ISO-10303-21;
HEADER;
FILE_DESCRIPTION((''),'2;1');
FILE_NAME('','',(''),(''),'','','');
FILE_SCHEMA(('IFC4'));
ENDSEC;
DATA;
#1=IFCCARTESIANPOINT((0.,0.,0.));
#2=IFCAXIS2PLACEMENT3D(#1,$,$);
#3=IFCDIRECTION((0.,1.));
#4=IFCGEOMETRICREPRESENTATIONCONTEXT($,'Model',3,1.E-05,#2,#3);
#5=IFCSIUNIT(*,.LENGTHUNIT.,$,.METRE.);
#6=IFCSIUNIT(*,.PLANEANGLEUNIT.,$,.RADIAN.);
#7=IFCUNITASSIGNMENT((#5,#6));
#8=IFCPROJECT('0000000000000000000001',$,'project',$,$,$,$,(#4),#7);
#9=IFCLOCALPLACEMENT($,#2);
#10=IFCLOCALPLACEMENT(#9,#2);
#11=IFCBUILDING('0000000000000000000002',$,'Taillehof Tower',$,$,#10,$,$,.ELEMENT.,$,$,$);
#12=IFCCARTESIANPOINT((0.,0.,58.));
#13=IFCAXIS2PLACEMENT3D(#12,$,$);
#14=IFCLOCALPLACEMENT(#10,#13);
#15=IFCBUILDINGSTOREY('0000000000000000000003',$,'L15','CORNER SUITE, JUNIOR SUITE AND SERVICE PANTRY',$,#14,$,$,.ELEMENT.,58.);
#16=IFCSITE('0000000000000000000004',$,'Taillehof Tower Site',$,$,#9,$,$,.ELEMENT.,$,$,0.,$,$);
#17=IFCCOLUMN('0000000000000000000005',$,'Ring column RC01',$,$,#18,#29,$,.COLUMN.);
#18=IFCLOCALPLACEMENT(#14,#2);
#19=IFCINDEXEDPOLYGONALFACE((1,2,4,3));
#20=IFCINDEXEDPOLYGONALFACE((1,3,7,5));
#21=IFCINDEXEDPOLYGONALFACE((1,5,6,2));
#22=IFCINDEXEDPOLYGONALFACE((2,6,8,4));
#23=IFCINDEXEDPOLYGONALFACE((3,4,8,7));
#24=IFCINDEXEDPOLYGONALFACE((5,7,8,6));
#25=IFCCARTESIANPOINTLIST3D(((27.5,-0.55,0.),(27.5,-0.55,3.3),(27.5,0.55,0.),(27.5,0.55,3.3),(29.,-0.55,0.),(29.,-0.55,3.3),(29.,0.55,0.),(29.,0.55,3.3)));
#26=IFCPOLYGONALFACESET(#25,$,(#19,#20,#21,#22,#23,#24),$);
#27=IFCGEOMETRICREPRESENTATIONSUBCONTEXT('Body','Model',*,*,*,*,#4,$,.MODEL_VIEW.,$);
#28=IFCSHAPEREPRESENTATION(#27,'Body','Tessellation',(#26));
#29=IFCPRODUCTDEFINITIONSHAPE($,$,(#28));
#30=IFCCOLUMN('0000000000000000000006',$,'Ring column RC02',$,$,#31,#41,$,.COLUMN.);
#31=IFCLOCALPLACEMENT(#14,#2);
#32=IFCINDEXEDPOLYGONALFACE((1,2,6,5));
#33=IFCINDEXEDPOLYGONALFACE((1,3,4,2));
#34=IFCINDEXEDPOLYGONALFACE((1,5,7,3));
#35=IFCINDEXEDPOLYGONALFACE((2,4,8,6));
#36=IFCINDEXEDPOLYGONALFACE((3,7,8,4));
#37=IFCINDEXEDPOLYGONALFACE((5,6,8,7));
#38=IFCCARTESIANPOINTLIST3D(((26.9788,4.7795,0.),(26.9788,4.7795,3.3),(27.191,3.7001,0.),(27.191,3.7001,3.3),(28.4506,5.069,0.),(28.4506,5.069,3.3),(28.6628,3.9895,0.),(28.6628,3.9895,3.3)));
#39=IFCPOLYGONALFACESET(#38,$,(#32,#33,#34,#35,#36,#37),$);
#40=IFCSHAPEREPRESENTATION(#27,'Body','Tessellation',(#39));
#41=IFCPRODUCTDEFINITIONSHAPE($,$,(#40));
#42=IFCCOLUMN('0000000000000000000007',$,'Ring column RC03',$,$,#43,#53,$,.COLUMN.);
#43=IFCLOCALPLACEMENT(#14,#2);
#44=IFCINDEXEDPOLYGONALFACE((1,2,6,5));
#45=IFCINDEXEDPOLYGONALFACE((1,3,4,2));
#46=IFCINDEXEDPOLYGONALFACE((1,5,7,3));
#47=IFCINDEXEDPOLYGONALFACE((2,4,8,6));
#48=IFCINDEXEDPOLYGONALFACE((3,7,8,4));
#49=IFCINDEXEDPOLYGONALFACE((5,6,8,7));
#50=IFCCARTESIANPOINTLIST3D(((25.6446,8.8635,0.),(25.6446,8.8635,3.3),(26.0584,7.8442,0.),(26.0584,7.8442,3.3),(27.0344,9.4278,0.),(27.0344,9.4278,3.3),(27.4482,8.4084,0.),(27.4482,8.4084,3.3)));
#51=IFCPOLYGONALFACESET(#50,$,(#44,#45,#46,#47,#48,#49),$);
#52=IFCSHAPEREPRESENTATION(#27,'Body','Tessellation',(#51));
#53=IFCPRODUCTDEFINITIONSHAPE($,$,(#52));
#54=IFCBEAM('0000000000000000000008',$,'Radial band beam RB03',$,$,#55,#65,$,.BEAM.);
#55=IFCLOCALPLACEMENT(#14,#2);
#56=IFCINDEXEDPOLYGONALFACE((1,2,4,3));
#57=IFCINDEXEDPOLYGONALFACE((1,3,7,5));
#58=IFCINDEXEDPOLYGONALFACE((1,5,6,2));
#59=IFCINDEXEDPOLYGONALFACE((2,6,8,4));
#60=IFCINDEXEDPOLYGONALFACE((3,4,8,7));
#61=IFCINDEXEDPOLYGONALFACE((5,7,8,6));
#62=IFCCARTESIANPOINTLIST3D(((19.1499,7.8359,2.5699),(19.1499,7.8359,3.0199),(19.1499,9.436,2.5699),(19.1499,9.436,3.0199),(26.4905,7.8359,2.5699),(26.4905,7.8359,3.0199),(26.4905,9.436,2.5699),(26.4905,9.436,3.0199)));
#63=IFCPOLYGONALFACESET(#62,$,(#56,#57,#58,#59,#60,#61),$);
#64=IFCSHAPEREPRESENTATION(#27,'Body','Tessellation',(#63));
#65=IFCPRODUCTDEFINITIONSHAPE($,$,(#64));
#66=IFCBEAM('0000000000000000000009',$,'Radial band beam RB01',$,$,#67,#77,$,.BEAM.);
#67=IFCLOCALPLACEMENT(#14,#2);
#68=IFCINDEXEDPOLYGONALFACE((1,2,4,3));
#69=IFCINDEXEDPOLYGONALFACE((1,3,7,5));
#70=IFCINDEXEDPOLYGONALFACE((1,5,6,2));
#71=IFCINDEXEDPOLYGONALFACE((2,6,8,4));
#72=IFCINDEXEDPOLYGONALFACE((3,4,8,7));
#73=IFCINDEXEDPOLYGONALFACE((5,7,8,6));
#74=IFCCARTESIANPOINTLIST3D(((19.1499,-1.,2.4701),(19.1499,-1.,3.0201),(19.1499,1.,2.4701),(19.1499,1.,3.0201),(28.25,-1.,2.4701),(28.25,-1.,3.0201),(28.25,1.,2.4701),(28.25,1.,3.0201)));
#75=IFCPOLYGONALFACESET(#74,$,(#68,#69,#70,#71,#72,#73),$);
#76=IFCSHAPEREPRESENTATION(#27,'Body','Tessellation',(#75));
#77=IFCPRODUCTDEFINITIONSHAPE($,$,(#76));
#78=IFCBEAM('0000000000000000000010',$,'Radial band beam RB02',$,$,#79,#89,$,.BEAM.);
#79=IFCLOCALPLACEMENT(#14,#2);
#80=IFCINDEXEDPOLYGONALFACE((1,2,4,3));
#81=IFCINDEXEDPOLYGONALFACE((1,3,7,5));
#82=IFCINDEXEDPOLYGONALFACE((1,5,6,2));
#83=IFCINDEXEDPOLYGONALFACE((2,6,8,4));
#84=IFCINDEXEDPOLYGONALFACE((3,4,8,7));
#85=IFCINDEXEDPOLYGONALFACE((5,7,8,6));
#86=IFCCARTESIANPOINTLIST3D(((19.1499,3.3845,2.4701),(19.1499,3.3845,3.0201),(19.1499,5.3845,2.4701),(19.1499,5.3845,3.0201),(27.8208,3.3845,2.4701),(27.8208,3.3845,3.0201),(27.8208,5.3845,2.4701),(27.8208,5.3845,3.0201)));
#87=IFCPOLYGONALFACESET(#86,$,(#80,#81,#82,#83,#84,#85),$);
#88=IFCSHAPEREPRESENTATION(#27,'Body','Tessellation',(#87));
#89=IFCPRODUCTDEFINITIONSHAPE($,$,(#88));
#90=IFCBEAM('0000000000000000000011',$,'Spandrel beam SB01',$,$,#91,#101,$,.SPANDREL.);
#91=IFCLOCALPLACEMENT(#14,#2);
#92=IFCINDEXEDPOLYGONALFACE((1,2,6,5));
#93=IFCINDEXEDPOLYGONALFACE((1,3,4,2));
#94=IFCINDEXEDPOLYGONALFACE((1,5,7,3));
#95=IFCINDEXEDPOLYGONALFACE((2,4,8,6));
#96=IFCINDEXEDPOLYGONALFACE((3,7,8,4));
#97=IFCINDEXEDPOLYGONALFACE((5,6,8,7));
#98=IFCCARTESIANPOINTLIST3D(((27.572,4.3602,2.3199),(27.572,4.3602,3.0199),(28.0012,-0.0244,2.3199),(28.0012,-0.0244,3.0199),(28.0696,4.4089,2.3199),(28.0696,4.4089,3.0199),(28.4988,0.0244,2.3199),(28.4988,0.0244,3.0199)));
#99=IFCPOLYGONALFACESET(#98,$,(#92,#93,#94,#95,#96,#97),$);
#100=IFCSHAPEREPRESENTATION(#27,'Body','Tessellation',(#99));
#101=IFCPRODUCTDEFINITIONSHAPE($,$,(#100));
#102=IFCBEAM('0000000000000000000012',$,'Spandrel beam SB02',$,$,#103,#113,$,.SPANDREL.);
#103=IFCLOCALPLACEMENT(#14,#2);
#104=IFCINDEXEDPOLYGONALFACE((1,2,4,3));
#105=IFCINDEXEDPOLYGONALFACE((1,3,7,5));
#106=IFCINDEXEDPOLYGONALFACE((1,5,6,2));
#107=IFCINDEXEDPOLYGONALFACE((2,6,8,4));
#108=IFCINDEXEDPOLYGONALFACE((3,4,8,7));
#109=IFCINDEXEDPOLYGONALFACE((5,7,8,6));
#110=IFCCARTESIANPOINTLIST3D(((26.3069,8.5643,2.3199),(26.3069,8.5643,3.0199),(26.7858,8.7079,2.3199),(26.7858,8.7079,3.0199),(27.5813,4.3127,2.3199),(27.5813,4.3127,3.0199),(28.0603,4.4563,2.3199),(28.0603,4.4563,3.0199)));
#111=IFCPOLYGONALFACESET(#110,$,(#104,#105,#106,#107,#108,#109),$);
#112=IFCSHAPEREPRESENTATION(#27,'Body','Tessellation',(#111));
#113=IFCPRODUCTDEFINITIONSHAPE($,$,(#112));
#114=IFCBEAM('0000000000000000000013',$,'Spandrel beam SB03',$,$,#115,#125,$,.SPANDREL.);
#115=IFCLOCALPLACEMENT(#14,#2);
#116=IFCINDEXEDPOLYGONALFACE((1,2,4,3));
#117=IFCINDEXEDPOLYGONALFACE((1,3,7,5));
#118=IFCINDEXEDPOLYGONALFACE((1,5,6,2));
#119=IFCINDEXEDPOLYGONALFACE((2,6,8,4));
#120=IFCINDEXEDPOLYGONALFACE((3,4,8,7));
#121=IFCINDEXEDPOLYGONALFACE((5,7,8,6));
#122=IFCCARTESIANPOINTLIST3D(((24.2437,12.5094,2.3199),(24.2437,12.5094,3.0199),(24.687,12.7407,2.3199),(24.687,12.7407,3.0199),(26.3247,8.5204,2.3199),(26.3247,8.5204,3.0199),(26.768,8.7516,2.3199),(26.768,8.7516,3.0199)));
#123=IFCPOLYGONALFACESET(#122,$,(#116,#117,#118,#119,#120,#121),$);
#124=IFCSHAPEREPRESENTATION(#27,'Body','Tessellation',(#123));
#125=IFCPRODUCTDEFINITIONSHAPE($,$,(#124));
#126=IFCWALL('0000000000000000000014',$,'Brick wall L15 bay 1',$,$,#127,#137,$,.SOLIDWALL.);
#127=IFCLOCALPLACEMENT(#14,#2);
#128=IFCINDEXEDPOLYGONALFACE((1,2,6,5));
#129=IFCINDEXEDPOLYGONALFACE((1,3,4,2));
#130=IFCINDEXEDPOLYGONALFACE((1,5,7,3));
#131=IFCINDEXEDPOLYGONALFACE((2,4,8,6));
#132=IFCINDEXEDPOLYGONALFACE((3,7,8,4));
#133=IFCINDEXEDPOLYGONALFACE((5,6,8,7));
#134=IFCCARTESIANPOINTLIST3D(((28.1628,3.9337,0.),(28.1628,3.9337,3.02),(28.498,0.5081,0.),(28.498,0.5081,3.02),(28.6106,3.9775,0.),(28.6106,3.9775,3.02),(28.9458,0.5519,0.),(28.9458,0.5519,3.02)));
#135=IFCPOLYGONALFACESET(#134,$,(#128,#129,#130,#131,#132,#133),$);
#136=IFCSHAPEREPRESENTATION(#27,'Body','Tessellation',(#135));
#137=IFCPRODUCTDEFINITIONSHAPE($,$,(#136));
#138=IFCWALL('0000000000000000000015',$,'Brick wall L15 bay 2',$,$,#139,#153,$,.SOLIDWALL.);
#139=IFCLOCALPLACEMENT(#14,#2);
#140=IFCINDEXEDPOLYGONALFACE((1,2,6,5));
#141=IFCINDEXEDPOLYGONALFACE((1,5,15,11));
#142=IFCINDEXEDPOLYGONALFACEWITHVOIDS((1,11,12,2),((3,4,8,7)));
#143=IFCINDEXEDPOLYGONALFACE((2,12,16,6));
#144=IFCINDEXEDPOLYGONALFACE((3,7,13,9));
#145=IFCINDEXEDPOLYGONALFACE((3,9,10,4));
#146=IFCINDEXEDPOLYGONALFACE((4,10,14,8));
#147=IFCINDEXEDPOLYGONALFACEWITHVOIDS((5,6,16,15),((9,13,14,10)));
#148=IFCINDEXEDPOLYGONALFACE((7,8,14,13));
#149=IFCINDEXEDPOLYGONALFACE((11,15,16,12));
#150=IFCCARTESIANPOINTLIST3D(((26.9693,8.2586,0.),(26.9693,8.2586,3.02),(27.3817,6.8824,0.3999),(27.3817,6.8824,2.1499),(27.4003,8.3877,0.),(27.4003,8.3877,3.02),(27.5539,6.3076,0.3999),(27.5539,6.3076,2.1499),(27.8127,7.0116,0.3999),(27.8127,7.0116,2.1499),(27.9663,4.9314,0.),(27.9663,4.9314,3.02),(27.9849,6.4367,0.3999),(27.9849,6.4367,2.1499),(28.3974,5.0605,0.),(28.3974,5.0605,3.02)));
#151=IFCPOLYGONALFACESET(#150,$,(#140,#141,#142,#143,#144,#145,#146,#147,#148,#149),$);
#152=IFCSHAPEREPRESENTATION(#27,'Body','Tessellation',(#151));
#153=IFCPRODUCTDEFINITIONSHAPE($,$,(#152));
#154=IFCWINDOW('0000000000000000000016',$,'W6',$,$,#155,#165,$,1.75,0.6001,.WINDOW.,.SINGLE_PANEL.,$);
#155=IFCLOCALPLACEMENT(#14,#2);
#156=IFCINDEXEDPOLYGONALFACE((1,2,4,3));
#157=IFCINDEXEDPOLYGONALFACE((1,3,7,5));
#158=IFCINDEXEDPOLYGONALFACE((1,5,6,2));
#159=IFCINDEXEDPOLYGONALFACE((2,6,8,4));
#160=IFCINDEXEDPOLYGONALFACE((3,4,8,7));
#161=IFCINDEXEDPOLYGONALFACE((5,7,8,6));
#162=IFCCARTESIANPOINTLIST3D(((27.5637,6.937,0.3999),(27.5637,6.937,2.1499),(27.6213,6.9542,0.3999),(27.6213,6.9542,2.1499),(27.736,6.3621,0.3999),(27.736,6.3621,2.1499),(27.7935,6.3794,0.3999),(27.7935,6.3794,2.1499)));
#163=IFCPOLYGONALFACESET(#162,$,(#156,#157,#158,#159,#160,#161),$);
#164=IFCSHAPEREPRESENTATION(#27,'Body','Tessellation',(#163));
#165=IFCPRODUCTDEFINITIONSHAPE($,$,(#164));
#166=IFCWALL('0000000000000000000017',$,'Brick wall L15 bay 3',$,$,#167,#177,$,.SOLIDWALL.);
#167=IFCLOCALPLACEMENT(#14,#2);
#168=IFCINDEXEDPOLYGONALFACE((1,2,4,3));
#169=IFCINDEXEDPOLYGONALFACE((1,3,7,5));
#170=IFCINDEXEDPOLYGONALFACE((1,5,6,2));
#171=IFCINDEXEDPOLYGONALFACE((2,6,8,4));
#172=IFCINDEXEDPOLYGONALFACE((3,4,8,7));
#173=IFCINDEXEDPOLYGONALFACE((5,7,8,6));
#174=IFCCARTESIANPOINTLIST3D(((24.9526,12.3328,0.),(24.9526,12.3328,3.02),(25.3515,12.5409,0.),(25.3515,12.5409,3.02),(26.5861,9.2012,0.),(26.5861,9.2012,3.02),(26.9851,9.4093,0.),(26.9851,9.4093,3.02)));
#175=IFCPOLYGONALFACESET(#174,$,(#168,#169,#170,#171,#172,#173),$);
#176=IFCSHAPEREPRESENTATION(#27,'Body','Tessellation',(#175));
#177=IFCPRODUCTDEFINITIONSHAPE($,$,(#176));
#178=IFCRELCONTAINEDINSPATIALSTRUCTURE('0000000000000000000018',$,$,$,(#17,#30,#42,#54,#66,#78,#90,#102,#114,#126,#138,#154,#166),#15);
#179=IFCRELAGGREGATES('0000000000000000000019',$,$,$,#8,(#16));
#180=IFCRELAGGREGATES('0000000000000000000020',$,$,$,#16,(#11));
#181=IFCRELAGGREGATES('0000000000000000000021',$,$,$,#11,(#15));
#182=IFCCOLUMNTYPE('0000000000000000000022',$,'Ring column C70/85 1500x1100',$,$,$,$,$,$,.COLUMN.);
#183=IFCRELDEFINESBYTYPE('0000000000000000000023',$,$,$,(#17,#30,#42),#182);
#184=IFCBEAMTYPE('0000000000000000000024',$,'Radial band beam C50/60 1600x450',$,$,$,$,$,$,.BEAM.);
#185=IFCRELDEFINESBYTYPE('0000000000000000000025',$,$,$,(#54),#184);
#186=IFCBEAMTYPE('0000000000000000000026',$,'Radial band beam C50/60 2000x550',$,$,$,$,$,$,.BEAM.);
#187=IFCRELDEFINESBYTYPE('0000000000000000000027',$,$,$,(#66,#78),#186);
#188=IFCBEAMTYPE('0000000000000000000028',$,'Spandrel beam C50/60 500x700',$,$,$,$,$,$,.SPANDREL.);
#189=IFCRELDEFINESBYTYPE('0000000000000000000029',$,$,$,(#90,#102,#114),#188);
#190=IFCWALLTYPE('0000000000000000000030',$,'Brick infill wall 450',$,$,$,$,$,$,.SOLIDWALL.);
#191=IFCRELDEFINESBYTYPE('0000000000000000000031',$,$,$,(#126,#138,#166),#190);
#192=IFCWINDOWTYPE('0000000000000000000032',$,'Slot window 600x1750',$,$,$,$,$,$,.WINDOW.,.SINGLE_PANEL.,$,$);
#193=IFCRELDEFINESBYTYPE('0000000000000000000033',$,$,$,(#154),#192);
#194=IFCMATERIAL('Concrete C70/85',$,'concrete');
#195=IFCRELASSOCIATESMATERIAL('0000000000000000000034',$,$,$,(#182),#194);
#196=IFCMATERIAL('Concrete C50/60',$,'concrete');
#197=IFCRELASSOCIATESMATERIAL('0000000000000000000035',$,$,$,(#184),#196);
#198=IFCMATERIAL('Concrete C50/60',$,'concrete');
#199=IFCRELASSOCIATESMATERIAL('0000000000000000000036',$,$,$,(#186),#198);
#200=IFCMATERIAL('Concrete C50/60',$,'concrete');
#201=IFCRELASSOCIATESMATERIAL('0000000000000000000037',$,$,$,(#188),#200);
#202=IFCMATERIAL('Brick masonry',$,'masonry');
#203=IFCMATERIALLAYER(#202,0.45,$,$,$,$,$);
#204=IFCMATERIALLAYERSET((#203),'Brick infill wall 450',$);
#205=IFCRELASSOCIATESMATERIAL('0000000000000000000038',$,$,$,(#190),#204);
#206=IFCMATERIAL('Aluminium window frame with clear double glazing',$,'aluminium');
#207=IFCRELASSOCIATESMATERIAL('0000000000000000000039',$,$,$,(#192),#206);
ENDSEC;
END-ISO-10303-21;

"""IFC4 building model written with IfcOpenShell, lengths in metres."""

from ifc_helpers import new_model, si_unit, direction, frame, frame_2d, origin, origin_2d, place, context, subcontext, project, spatial, rectangle, extrude, material, layer, layer_set, material_profile, profile_set, type_object, element, fill, save


model = new_model("IFC4")

# Units and contexts
model_context = context("Model", 3, precision=1e-05, world=origin(), true_north=direction((0.0, 1.0)))
body_context = subcontext(model_context, "Body", "Model", "MODEL_VIEW")
ifc_project = project(units=[si_unit("LENGTHUNIT", "METRE"), si_unit("PLANEANGLEUNIT", "RADIAN")], contexts=[model_context])

# Site, building, storey
site_placement = place(None, origin())
site = spatial("IfcSite", under=ifc_project, at=site_placement, Name="Taillehof Tower Site", CompositionType="ELEMENT", RefElevation=0.0)
building_placement = place(site_placement, origin())
building = spatial("IfcBuilding", under=site, at=building_placement, Name="Taillehof Tower", CompositionType="ELEMENT")
storey_placement = place(building_placement, frame((0.0, 0.0, 58.0)))
storey = spatial("IfcBuildingStorey", under=building, at=storey_placement, Name="L15", Description="CORNER SUITE, JUNIOR SUITE AND SERVICE PANTRY", CompositionType="ELEMENT", Elevation=58.0)

# Columns
ifc_material_1 = material(Name="Concrete C70/85", Category="concrete")
ifc_material_profile_1 = material_profile(ifc_material_1, rectangle(XDim=1.5, YDim=1.1001, at=origin_2d()), Name="RC 1500x1100")
ifc_profile_set_1 = profile_set([ifc_material_profile_1], Name="Concrete C70/85")
column_type = type_object("IfcColumnType", Name="Ring column C70/85 1500x1100", PredefinedType="COLUMN", material=ifc_profile_set_1)
for number, where, z_axis, x_axis, name in (
    (1, (28.25, 0.0, 0.0), (0.0, 0.0, 1.0), (1.0, 0.0, 0.0), "Ring column RC01"),
    (2, (27.8208, 4.3845, 0.0), (0.0, 0.0, 1.0), (0.981204, 0.192976, 0.0), "Ring column RC02"),
    (3, (26.5464, 8.636, 0.0), (0.0, 0.0, 1.0), (0.926558, 0.376152, 0.0), "Ring column RC03"),
):
    element("IfcColumn", number, at=place(storey_placement, frame(where, z_axis=z_axis, x_axis=x_axis)), inside=storey, type_object=column_type, Name=name, PredefinedType="COLUMN", context=body_context, shape_type="SweptSolid", body=[
        extrude(rectangle(XDim=1.5, YDim=1.1001, at=origin_2d()), origin(), (0.0, 0.0, 1.0), 3.3),
    ])

# Beams
ifc_material_2 = material(Name="Concrete C50/60", Category="concrete")
ifc_material_profile_2 = material_profile(ifc_material_2, rectangle(XDim=1.6001, YDim=0.45, at=origin_2d()), Name="RC 1600x450")
ifc_profile_set_2 = profile_set([ifc_material_profile_2], Name="Concrete C50/60")
beam_type_1 = type_object("IfcBeamType", Name="Radial band beam C50/60 1600x450", PredefinedType="BEAM", material=ifc_profile_set_2)
beam_1_placement = place(storey_placement, frame((26.4905, 8.636, 2.7949), z_axis=(-1.0, 0.0, 0.0), x_axis=(0.0, -1.0, 0.0)))
element("IfcBeam", 4, at=beam_1_placement, inside=storey, type_object=beam_type_1, Name="Radial band beam RB03", PredefinedType="BEAM", context=body_context, shape_type="SweptSolid", body=[
    extrude(rectangle(XDim=1.6001, YDim=0.45, at=origin_2d()), origin(), (0.0, 0.0, 1.0), 7.3406),
])
ifc_material_3 = material(Name="Concrete C50/60", Category="concrete")
ifc_material_profile_3 = material_profile(ifc_material_3, rectangle(XDim=2.0, YDim=0.55, at=origin_2d()), Name="RC 2000x550")
ifc_profile_set_3 = profile_set([ifc_material_profile_3], Name="Concrete C50/60")
beam_type_2 = type_object("IfcBeamType", Name="Radial band beam C50/60 2000x550", PredefinedType="BEAM", material=ifc_profile_set_3)
beam_2_placement = place(storey_placement, frame((28.25, 0.0, 2.7451), z_axis=(-1.0, 0.0, 0.0), x_axis=(0.0, -1.0, 0.0)))
element("IfcBeam", 5, at=beam_2_placement, inside=storey, type_object=beam_type_2, Name="Radial band beam RB01", PredefinedType="BEAM", context=body_context, shape_type="SweptSolid", body=[
    extrude(rectangle(XDim=2.0, YDim=0.55, at=origin_2d()), origin(), (0.0, 0.0, 1.0), 9.1001),
])
beam_3_placement = place(storey_placement, frame((27.8208, 4.3845, 2.7451), z_axis=(-1.0, 0.0, 0.0), x_axis=(0.0, -1.0, 0.0)))
element("IfcBeam", 6, at=beam_3_placement, inside=storey, type_object=beam_type_2, Name="Radial band beam RB02", PredefinedType="BEAM", context=body_context, shape_type="SweptSolid", body=[
    extrude(rectangle(XDim=2.0, YDim=0.55, at=origin_2d()), origin(), (0.0, 0.0, 1.0), 8.6709),
])
ifc_material_4 = material(Name="Concrete C50/60", Category="concrete")
ifc_material_profile_4 = material_profile(ifc_material_4, rectangle(XDim=0.5, YDim=0.7, at=origin_2d()), Name="RC 500x700")
ifc_profile_set_4 = profile_set([ifc_material_profile_4], Name="Concrete C50/60")
beam_type_3 = type_object("IfcBeamType", Name="Spandrel beam C50/60 500x700", PredefinedType="SPANDREL", material=ifc_profile_set_4)
beam_4_placement = place(storey_placement, frame((28.25, 0.0, 2.6699), z_axis=(-0.097424, 0.995243, 0.0), x_axis=(-0.995243, -0.097424, 0.0)))
element("IfcBeam", 7, at=beam_4_placement, inside=storey, type_object=beam_type_3, Name="Spandrel beam SB01", PredefinedType="SPANDREL", context=body_context, shape_type="SweptSolid", body=[
    extrude(rectangle(XDim=0.5, YDim=0.7, at=origin_2d()), origin(), (0.0, 0.0, 1.0), 4.4055),
])
beam_5_placement = place(storey_placement, frame((27.8208, 4.3845, 2.6699), z_axis=(-0.287136, 0.95789, 0.0), x_axis=(-0.95789, -0.287136, 0.0)))
element("IfcBeam", 8, at=beam_5_placement, inside=storey, type_object=beam_type_3, Name="Spandrel beam SB02", PredefinedType="SPANDREL", context=body_context, shape_type="SweptSolid", body=[
    extrude(rectangle(XDim=0.5, YDim=0.7, at=origin_2d()), origin(), (0.0, 0.0, 1.0), 4.4385),
])
beam_6_placement = place(storey_placement, frame((26.5464, 8.636, 2.6699), z_axis=(-0.462536, 0.8866, 0.0), x_axis=(-0.8866, -0.462536, 0.0)))
element("IfcBeam", 9, at=beam_6_placement, inside=storey, type_object=beam_type_3, Name="Spandrel beam SB03", PredefinedType="SPANDREL", context=body_context, shape_type="SweptSolid", body=[
    extrude(rectangle(XDim=0.5, YDim=0.7, at=origin_2d()), origin(), (0.0, 0.0, 1.0), 4.4993),
])

# Wall
ifc_material_5 = material(Name="Brick masonry", Category="masonry")
ifc_layer_1 = layer(ifc_material_5, 0.45)
ifc_layer_set_1 = layer_set([ifc_layer_1], Name="Brick infill wall 450")
wall_type_1 = type_object("IfcWallType", Name="Brick infill wall 450", PredefinedType="SOLIDWALL", material=ifc_layer_set_1)
wall_1_placement = place(storey_placement, frame((28.7219, 0.53, 0.0), z_axis=(0.0, 0.0, 1.0), x_axis=(-0.09739, 0.995246, 0.0)))
element("IfcWall", 10, at=wall_1_placement, inside=storey, type_object=wall_type_1, Name="Brick wall L15 bay 1", PredefinedType="SOLIDWALL", context=body_context, shape_type="SweptSolid", body=[
    extrude(rectangle(XDim=3.4419, YDim=0.45, at=frame_2d((1.7209, 0.0))), origin(), (0.0, 0.0, 1.0), 3.02),
])

# Wall, opening, window
wall_2_placement = place(storey_placement, frame((28.1819, 4.9958, 0.0), z_axis=(0.0, 0.0, 1.0), x_axis=(-0.287064, 0.957911, 0.0)))
wall_2 = element("IfcWall", 11, at=wall_2_placement, inside=storey, type_object=wall_type_1, Name="Brick wall L15 bay 2", PredefinedType="SOLIDWALL", context=body_context, shape_type="SweptSolid", body=[
    extrude(rectangle(XDim=3.4734, YDim=0.45, at=frame_2d((1.7368, 0.0))), origin(), (0.0, 0.0, 1.0), 3.02),
])
opening_1_placement = place(wall_2_placement, frame((1.4368, 0.0, 0.3999)))
opening_1 = element("IfcOpeningElement", 12, at=opening_1_placement, cuts=wall_2, PredefinedType="OPENING", context=body_context, shape_type="SweptSolid", body=[
    extrude(rectangle(XDim=0.6001, YDim=1.75, at=frame_2d((0.3, 0.875))), frame((0.0, 0.2349, 0.0), z_axis=(0.0, -1.0, 0.0), x_axis=(1.0, 0.0, 0.0)), (0.0, 0.0, 1.0), 0.47),
])
ifc_material_6 = material(Name="Aluminium window frame with clear double glazing", Category="aluminium")
window_type = type_object("IfcWindowType", Name="Slot window 600x1750", PartitioningType="SINGLE_PANEL", PredefinedType="WINDOW", material=ifc_material_6)
window_placement = place(opening_1_placement, origin())
window = element("IfcWindow", 13, at=window_placement, inside=storey, type_object=window_type, Name="W6", OverallHeight=1.75, OverallWidth=0.6001, PartitioningType="SINGLE_PANEL", PredefinedType="WINDOW", context=body_context, shape_type="SweptSolid", body=[
    extrude(rectangle(XDim=0.6001, YDim=1.75, at=frame_2d((0.3, 0.875))), frame((0.0, 0.0349, 0.0), z_axis=(0.0, -1.0, 0.0), x_axis=(1.0, 0.0, 0.0)), (0.0, 0.0, 1.0), 0.0601),
])
fill(opening_1, window)

# Wall
wall_3_placement = place(storey_placement, frame((26.7856, 9.3052, 0.0), z_axis=(0.0, 0.0, 1.0), x_axis=(-0.462493, 0.886623, 0.0)))
element("IfcWall", 14, at=wall_3_placement, inside=storey, type_object=wall_type_1, Name="Brick wall L15 bay 3", PredefinedType="SOLIDWALL", context=body_context, shape_type="SweptSolid", body=[
    extrude(rectangle(XDim=3.532, YDim=0.45, at=frame_2d((1.7661, 0.0))), origin(), (0.0, 0.0, 1.0), 3.02),
])

save(model, "model.ifc")
